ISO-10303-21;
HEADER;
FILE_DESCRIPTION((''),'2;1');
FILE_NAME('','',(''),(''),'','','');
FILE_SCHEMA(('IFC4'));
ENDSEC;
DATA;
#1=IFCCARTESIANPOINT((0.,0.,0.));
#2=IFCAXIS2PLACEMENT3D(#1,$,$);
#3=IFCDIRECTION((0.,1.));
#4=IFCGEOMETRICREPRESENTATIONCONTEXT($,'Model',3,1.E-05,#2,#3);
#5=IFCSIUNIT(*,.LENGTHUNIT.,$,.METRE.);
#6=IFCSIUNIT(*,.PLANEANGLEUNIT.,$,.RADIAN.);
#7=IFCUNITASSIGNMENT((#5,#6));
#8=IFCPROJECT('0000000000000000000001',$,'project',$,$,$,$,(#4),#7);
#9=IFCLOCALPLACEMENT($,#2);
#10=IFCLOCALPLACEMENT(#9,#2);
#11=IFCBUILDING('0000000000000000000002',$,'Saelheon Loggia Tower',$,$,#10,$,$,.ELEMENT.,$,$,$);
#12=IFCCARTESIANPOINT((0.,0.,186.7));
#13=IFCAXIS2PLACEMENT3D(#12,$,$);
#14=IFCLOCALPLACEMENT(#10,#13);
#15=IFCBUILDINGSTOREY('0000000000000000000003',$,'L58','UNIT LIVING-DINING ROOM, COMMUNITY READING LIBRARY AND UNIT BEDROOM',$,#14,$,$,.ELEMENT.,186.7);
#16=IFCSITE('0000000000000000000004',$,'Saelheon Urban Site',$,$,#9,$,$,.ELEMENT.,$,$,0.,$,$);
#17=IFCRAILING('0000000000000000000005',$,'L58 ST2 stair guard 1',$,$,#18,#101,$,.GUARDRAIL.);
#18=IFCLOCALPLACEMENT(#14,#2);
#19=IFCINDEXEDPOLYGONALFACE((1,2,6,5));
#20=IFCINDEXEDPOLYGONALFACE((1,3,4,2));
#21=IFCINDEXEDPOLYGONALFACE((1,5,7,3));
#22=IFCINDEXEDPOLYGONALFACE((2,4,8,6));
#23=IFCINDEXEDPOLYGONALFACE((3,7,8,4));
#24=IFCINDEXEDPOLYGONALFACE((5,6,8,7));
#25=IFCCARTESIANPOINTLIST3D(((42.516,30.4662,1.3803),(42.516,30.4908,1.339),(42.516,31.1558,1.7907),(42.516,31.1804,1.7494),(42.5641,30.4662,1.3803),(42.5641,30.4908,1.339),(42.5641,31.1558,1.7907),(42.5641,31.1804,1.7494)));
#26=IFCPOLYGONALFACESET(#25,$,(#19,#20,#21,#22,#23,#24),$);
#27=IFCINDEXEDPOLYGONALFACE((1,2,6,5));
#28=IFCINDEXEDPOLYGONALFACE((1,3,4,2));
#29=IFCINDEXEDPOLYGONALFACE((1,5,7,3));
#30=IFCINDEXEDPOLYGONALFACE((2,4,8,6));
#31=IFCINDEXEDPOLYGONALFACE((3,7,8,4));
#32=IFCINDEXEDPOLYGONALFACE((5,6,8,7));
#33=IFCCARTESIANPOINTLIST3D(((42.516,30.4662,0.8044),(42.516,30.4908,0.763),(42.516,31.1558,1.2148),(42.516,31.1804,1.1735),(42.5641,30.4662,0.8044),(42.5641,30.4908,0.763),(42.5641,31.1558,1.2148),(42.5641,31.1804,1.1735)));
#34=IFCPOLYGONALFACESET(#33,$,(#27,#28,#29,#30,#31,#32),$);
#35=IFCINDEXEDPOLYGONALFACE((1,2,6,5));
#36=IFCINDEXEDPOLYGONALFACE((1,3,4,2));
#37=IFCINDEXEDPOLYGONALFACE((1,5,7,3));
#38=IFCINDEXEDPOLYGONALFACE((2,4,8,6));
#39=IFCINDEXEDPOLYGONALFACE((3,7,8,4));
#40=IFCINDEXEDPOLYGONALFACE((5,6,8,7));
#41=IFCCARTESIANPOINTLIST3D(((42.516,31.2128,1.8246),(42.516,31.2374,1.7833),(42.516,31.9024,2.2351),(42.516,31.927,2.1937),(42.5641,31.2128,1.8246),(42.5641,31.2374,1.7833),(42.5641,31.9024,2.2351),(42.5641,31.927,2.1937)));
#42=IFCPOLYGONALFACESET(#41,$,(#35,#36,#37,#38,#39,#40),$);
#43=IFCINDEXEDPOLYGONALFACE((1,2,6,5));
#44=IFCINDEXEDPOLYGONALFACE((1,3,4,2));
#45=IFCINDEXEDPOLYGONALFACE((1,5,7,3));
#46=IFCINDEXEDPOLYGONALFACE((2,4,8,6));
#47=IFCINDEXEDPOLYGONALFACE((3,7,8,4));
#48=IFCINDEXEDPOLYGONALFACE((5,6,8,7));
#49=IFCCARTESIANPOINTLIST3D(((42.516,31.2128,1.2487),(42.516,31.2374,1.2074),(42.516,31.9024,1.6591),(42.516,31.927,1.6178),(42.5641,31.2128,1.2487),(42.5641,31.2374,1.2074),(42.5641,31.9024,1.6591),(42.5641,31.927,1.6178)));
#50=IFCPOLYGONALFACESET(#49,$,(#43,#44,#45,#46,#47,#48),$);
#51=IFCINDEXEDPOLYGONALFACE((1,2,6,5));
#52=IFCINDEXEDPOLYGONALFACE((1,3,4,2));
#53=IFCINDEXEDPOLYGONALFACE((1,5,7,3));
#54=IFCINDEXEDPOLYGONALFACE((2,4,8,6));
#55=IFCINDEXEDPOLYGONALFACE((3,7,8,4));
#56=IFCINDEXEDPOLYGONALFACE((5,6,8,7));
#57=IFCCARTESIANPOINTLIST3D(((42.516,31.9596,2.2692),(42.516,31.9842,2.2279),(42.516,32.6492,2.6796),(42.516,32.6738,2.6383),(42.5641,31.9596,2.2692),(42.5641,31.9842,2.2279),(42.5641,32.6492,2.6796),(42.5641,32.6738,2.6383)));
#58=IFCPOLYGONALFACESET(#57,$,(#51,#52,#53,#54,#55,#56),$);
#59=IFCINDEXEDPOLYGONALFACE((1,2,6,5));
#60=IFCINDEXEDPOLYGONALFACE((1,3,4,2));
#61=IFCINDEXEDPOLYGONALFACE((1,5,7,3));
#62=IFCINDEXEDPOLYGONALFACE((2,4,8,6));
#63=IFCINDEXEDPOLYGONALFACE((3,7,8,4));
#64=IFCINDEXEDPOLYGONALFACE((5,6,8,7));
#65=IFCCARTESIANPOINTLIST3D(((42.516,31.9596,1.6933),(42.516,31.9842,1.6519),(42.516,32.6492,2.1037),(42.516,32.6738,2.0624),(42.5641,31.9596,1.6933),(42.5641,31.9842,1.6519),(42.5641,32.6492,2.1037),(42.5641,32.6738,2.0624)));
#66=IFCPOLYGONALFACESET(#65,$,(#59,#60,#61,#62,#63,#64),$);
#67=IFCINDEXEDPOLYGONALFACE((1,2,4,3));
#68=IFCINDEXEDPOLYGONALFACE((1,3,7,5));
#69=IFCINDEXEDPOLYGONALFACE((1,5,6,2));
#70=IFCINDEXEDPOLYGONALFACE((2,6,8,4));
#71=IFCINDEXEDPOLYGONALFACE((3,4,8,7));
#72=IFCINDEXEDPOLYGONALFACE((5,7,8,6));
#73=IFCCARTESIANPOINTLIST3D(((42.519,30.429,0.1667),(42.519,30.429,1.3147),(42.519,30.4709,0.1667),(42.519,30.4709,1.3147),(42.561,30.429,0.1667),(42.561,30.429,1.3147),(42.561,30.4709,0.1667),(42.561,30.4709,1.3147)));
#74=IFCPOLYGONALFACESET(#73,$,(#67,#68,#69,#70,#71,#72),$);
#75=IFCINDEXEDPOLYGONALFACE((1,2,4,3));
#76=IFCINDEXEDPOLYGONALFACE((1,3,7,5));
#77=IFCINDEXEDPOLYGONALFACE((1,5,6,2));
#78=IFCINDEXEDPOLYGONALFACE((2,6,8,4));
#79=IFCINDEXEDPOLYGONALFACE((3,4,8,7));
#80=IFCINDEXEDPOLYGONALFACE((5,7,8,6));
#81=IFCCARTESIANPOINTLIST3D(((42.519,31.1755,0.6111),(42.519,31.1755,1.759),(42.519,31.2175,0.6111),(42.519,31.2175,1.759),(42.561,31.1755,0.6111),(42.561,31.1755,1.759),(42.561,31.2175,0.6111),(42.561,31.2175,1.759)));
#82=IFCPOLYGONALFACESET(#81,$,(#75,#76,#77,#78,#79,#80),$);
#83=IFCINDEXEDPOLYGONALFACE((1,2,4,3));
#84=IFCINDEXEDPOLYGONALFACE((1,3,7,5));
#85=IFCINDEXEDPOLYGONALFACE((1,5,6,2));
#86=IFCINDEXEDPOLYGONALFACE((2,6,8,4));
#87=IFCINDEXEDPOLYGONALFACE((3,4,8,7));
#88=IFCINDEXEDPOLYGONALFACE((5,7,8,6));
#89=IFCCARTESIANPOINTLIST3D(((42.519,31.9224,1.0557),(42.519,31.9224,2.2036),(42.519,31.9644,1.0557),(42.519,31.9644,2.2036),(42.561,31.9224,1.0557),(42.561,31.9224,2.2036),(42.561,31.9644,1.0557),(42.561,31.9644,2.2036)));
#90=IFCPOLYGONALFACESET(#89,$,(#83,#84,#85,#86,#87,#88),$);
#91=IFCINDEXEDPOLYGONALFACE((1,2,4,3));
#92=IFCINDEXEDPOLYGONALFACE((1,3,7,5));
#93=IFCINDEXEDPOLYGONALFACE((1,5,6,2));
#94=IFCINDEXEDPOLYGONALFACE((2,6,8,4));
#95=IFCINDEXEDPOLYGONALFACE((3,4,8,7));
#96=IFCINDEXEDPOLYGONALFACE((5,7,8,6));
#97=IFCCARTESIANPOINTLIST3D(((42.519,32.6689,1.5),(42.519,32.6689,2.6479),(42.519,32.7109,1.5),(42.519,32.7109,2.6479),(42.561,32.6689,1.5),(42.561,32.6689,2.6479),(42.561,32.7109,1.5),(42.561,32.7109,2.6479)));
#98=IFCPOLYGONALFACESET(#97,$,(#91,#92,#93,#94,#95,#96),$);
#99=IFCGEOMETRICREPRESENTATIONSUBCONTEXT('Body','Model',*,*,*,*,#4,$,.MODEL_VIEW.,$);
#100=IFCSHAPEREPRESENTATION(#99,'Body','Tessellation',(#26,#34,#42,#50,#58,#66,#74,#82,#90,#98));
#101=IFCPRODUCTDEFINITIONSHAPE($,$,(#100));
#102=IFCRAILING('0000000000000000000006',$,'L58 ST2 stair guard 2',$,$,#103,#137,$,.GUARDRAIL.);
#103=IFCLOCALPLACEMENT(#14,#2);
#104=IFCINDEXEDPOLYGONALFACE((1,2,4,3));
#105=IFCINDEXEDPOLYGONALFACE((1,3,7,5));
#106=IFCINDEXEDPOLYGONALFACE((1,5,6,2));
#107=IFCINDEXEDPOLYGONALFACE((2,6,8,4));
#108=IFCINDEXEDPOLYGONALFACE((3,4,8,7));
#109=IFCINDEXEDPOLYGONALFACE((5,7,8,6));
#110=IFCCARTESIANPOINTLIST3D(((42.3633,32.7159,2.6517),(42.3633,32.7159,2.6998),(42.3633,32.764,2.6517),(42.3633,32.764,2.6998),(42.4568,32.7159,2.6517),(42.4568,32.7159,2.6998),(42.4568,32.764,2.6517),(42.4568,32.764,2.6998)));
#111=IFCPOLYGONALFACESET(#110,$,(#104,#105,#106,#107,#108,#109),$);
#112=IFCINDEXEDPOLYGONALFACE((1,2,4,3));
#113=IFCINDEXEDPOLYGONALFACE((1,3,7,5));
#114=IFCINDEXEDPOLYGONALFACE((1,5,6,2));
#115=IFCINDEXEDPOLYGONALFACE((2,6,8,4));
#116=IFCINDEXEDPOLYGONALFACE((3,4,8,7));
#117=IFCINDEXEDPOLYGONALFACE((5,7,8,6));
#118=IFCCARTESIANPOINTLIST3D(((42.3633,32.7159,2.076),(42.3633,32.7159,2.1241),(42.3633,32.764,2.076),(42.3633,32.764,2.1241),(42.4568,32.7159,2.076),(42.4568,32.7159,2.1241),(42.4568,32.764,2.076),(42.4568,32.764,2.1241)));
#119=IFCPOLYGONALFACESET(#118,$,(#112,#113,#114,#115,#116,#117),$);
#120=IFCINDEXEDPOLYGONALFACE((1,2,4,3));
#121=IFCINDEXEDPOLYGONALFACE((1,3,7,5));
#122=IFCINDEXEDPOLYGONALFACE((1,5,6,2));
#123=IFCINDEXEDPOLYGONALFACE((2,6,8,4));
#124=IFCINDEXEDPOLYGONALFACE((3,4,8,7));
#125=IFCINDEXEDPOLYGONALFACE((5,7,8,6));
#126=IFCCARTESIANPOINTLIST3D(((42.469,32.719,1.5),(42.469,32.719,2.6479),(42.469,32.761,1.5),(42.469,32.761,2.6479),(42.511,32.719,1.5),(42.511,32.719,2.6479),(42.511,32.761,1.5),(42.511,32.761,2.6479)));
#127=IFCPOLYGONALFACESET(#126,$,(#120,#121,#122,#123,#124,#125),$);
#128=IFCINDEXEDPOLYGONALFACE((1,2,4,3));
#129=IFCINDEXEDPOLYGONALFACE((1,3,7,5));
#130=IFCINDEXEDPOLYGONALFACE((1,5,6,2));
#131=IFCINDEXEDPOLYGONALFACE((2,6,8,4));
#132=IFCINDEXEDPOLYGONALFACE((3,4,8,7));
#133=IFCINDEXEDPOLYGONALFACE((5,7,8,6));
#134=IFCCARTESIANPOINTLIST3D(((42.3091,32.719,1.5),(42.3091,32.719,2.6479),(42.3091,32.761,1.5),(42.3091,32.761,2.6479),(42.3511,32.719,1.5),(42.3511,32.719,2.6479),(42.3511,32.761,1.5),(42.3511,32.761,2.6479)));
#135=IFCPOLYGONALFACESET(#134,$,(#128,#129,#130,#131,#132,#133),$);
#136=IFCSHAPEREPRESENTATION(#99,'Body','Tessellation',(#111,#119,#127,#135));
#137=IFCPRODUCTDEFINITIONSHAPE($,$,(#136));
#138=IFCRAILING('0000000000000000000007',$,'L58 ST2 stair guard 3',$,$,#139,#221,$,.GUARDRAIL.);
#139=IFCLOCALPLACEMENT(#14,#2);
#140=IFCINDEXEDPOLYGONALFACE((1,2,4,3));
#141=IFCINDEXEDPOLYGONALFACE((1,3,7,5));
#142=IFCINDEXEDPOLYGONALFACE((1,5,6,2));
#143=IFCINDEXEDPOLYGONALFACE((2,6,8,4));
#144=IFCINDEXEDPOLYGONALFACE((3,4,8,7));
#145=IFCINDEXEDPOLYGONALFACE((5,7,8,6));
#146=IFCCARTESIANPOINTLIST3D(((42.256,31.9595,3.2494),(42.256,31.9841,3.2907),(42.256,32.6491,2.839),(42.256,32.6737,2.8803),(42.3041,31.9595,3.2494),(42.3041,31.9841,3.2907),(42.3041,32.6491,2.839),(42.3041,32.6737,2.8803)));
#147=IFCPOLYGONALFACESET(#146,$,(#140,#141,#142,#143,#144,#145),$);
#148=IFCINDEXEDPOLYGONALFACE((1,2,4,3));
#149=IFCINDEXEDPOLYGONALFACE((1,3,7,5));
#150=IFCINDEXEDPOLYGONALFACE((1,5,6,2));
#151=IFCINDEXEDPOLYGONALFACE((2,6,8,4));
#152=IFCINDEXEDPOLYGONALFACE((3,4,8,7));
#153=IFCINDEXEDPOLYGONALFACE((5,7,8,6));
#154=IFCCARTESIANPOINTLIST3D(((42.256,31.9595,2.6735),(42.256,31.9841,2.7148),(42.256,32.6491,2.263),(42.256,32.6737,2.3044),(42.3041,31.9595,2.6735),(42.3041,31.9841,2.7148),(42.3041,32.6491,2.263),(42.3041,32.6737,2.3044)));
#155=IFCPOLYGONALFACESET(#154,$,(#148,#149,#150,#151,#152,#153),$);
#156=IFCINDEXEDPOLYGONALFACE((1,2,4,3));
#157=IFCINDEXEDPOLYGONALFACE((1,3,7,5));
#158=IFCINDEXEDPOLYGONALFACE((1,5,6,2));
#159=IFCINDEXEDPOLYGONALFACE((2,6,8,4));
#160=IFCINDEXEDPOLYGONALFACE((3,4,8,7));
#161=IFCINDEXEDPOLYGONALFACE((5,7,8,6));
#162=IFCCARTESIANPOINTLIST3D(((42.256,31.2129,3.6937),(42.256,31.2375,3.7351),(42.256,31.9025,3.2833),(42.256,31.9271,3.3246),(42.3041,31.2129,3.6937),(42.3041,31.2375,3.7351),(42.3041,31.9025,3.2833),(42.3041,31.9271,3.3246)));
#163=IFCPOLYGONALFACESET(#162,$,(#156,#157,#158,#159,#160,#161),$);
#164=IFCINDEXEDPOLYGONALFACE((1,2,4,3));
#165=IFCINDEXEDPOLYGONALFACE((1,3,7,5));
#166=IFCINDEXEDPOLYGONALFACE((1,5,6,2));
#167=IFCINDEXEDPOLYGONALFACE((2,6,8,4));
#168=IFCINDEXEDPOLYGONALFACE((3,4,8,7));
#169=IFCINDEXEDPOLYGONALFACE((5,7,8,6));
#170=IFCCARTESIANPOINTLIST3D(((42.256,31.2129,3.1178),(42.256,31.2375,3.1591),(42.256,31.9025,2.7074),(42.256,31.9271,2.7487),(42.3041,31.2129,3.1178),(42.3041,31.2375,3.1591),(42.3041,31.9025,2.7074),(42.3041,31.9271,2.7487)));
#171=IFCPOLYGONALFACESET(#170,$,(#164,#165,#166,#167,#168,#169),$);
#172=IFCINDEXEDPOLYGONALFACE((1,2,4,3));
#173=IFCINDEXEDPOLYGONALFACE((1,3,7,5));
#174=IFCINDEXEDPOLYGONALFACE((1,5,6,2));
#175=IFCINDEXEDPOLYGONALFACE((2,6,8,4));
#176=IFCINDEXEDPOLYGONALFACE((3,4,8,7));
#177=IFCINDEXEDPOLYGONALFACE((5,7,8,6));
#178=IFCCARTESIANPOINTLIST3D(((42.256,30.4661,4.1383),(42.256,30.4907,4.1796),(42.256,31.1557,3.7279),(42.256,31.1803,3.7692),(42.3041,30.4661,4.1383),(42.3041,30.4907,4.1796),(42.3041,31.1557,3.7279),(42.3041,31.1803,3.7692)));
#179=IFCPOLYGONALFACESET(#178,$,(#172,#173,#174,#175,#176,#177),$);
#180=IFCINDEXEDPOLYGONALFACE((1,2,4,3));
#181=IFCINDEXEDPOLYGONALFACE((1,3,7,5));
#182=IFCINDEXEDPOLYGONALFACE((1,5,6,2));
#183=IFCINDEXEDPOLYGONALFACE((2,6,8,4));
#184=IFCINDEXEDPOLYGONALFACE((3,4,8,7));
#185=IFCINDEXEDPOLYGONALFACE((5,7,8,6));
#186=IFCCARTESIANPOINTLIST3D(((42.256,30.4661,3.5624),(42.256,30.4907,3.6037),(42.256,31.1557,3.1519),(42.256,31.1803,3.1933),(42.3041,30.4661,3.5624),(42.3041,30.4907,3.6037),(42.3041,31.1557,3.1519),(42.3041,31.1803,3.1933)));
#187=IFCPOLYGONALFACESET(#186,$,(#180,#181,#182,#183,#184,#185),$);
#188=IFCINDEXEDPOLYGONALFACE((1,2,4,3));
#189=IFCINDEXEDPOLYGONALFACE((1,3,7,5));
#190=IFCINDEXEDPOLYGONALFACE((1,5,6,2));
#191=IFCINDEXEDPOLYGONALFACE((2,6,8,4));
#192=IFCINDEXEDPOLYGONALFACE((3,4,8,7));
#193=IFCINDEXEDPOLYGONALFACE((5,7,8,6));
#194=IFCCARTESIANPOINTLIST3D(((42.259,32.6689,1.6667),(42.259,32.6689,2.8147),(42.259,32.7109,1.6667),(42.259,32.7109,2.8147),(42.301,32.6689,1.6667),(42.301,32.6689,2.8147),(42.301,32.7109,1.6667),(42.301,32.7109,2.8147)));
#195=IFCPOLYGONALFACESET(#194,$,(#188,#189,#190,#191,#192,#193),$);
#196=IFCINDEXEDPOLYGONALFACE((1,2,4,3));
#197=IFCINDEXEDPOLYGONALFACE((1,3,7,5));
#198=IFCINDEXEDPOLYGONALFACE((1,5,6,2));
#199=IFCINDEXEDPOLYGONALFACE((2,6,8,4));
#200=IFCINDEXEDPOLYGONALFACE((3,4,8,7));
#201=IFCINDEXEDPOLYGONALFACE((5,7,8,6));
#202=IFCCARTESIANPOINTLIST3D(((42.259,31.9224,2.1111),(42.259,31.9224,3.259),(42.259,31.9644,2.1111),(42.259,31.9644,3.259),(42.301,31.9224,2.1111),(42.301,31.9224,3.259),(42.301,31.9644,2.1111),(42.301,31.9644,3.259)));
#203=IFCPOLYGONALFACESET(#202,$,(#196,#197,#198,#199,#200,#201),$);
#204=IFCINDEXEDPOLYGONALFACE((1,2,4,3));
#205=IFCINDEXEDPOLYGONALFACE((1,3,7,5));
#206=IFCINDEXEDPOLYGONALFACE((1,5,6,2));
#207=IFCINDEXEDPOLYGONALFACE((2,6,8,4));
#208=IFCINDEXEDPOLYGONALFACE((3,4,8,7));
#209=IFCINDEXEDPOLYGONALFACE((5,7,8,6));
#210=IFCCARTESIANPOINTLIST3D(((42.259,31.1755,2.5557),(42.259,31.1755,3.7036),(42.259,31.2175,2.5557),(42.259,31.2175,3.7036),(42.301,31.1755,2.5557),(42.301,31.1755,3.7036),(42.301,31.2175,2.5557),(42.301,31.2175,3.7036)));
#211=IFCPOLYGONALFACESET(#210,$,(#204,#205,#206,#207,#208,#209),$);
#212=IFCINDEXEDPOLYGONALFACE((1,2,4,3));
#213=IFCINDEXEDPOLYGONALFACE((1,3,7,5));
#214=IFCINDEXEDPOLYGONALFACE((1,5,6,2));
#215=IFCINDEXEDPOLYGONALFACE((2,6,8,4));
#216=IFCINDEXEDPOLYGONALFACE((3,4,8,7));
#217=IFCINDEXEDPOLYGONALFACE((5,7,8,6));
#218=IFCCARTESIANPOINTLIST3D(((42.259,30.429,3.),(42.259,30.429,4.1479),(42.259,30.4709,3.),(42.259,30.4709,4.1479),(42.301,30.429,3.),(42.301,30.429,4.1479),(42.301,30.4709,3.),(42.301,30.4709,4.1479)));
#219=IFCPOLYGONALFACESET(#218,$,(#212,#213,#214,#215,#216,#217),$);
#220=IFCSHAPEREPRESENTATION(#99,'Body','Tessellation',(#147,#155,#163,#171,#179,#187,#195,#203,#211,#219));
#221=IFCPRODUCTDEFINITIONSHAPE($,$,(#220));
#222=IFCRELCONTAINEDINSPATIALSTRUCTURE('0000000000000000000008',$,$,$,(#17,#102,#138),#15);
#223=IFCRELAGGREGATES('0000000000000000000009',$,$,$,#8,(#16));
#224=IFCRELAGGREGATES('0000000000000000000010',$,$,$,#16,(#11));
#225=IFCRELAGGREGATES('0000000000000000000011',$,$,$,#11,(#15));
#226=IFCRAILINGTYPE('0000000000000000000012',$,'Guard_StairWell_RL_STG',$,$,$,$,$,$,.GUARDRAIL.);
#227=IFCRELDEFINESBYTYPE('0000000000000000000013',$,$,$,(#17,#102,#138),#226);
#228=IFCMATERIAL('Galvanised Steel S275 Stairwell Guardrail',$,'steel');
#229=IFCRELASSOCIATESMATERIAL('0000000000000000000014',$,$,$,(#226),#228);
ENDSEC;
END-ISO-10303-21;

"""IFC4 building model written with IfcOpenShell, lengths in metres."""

from ifc_helpers import new_model, si_unit, direction, frame, origin, origin_2d, place, context, subcontext, project, spatial, rectangle, extrude, material, type_object, element, save


model = new_model("IFC4")

# Units and contexts
model_context = context("Model", 3, precision=1e-05, world=origin(), true_north=direction((0.0, 1.0)))
body_context = subcontext(model_context, "Body", "Model", "MODEL_VIEW")
ifc_project = project(units=[si_unit("LENGTHUNIT", "METRE"), si_unit("PLANEANGLEUNIT", "RADIAN")], contexts=[model_context])

# Site, building, storey
site_placement = place(None, origin())
site = spatial("IfcSite", under=ifc_project, at=site_placement, Name="Saelheon Urban Site", CompositionType="ELEMENT", RefElevation=0.0)
building_placement = place(site_placement, origin())
building = spatial("IfcBuilding", under=site, at=building_placement, Name="Saelheon Loggia Tower", CompositionType="ELEMENT")
storey_placement = place(building_placement, frame((0.0, 0.0, 186.7)))
storey = spatial("IfcBuildingStorey", under=building, at=storey_placement, Name="L58", Description="UNIT LIVING-DINING ROOM, COMMUNITY READING LIBRARY AND UNIT BEDROOM", CompositionType="ELEMENT", Elevation=186.7)

# Railings
ifc_material_1 = material(Name="Galvanised Steel S275 Stairwell Guardrail", Category="steel")
railing_type_1 = type_object("IfcRailingType", Name="Guard_StairWell_RL_STG", PredefinedType="GUARDRAIL", material=ifc_material_1)
railing_1_placement = place(storey_placement, frame((42.54, 30.45, 0.1667)))
element("IfcRailing", 1, at=railing_1_placement, inside=storey, type_object=railing_type_1, Name="L58 ST2 stair guard 1", PredefinedType="GUARDRAIL", context=body_context, shape_type="SweptSolid", body=[
    extrude(rectangle(XDim=0.0481, YDim=0.0481, at=origin_2d()), frame((0.0, 0.0286, 1.1929), z_axis=(0.0, 0.859306, 0.511462), x_axis=(-1.0, 0.0, 0.0)), (0.0, 0.0, 1.0), 0.8025),
    extrude(rectangle(XDim=0.0481, YDim=0.0481, at=origin_2d()), frame((0.0, 0.0286, 0.6169), z_axis=(0.0, 0.859306, 0.511462), x_axis=(-1.0, 0.0, 0.0)), (0.0, 0.0, 1.0), 0.8025),
    extrude(rectangle(XDim=0.0481, YDim=0.0481, at=origin_2d()), frame((0.0, 0.7751, 1.6372), z_axis=(0.0, 0.859306, 0.511462), x_axis=(-1.0, 0.0, 0.0)), (0.0, 0.0, 1.0), 0.8025),
    extrude(rectangle(XDim=0.0481, YDim=0.0481, at=origin_2d()), frame((0.0, 0.7751, 1.0613), z_axis=(0.0, 0.859306, 0.511462), x_axis=(-1.0, 0.0, 0.0)), (0.0, 0.0, 1.0), 0.8025),
    extrude(rectangle(XDim=0.0481, YDim=0.0481, at=origin_2d()), frame((0.0, 1.522, 2.0818), z_axis=(0.0, 0.859306, 0.511462), x_axis=(-1.0, 0.0, 0.0)), (0.0, 0.0, 1.0), 0.8025),
    extrude(rectangle(XDim=0.0481, YDim=0.0481, at=origin_2d()), frame((0.0, 1.522, 1.5059), z_axis=(0.0, 0.859306, 0.511462), x_axis=(-1.0, 0.0, 0.0)), (0.0, 0.0, 1.0), 0.8025),
    extrude(rectangle(XDim=0.042, YDim=0.042, at=origin_2d()), origin(), (0.0, 0.0, 1.0), 1.1479),
    extrude(rectangle(XDim=0.042, YDim=0.042, at=origin_2d()), frame((0.0, 0.7466, 0.4443)), (0.0, 0.0, 1.0), 1.1479),
    extrude(rectangle(XDim=0.042, YDim=0.042, at=origin_2d()), frame((0.0, 1.4934, 0.8889)), (0.0, 0.0, 1.0), 1.1479),
    extrude(rectangle(XDim=0.042, YDim=0.042, at=origin_2d()), frame((0.0, 2.24, 1.3333)), (0.0, 0.0, 1.0), 1.1479),
])
railing_2_placement = place(storey_placement, frame((42.49, 32.74, 1.5)))
element("IfcRailing", 2, at=railing_2_placement, inside=storey, type_object=railing_type_1, Name="L58 ST2 stair guard 2", PredefinedType="GUARDRAIL", context=body_context, shape_type="SweptSolid", body=[
    extrude(rectangle(XDim=0.0481, YDim=0.0481, at=origin_2d()), frame((-0.0332, 0.0, 1.1758), z_axis=(-1.0, 0.0, 0.0), x_axis=(0.0, -1.0, 0.0)), (0.0, 0.0, 1.0), 0.0935),
    extrude(rectangle(XDim=0.0481, YDim=0.0481, at=origin_2d()), frame((-0.0332, 0.0, 0.6001), z_axis=(-1.0, 0.0, 0.0), x_axis=(0.0, -1.0, 0.0)), (0.0, 0.0, 1.0), 0.0935),
    extrude(rectangle(XDim=0.042, YDim=0.042, at=origin_2d()), origin(), (0.0, 0.0, 1.0), 1.1479),
    extrude(rectangle(XDim=0.042, YDim=0.042, at=origin_2d()), frame((-0.1599, 0.0, 0.0)), (0.0, 0.0, 1.0), 1.1479),
])
railing_3_placement = place(storey_placement, frame((42.28, 32.6899, 1.6667)))
element("IfcRailing", 3, at=railing_3_placement, inside=storey, type_object=railing_type_1, Name="L58 ST2 stair guard 3", PredefinedType="GUARDRAIL", context=body_context, shape_type="SweptSolid", body=[
    extrude(rectangle(XDim=0.0481, YDim=0.0481, at=origin_2d()), frame((0.0, -0.0286, 1.1929), z_axis=(0.0, -0.859306, 0.511462), x_axis=(1.0, 0.0, 0.0)), (0.0, 0.0, 1.0), 0.8025),
    extrude(rectangle(XDim=0.0481, YDim=0.0481, at=origin_2d()), frame((0.0, -0.0286, 0.6169), z_axis=(0.0, -0.859306, 0.511462), x_axis=(1.0, 0.0, 0.0)), (0.0, 0.0, 1.0), 0.8025),
    extrude(rectangle(XDim=0.0481, YDim=0.0481, at=origin_2d()), frame((0.0, -0.7751, 1.6372), z_axis=(0.0, -0.859306, 0.511462), x_axis=(1.0, 0.0, 0.0)), (0.0, 0.0, 1.0), 0.8025),
    extrude(rectangle(XDim=0.0481, YDim=0.0481, at=origin_2d()), frame((0.0, -0.7751, 1.0613), z_axis=(0.0, -0.859306, 0.511462), x_axis=(1.0, 0.0, 0.0)), (0.0, 0.0, 1.0), 0.8025),
    extrude(rectangle(XDim=0.0481, YDim=0.0481, at=origin_2d()), frame((0.0, -1.522, 2.0818), z_axis=(0.0, -0.859306, 0.511462), x_axis=(1.0, 0.0, 0.0)), (0.0, 0.0, 1.0), 0.8025),
    extrude(rectangle(XDim=0.0481, YDim=0.0481, at=origin_2d()), frame((0.0, -1.522, 1.5059), z_axis=(0.0, -0.859306, 0.511462), x_axis=(1.0, 0.0, 0.0)), (0.0, 0.0, 1.0), 0.8025),
    extrude(rectangle(XDim=0.042, YDim=0.042, at=origin_2d()), origin(), (0.0, 0.0, 1.0), 1.1479),
    extrude(rectangle(XDim=0.042, YDim=0.042, at=origin_2d()), frame((0.0, -0.7466, 0.4443)), (0.0, 0.0, 1.0), 1.1479),
    extrude(rectangle(XDim=0.042, YDim=0.042, at=origin_2d()), frame((0.0, -1.4934, 0.8889)), (0.0, 0.0, 1.0), 1.1479),
    extrude(rectangle(XDim=0.042, YDim=0.042, at=origin_2d()), frame((0.0, -2.24, 1.3333)), (0.0, 0.0, 1.0), 1.1479),
])

save(model, "model.ifc")
